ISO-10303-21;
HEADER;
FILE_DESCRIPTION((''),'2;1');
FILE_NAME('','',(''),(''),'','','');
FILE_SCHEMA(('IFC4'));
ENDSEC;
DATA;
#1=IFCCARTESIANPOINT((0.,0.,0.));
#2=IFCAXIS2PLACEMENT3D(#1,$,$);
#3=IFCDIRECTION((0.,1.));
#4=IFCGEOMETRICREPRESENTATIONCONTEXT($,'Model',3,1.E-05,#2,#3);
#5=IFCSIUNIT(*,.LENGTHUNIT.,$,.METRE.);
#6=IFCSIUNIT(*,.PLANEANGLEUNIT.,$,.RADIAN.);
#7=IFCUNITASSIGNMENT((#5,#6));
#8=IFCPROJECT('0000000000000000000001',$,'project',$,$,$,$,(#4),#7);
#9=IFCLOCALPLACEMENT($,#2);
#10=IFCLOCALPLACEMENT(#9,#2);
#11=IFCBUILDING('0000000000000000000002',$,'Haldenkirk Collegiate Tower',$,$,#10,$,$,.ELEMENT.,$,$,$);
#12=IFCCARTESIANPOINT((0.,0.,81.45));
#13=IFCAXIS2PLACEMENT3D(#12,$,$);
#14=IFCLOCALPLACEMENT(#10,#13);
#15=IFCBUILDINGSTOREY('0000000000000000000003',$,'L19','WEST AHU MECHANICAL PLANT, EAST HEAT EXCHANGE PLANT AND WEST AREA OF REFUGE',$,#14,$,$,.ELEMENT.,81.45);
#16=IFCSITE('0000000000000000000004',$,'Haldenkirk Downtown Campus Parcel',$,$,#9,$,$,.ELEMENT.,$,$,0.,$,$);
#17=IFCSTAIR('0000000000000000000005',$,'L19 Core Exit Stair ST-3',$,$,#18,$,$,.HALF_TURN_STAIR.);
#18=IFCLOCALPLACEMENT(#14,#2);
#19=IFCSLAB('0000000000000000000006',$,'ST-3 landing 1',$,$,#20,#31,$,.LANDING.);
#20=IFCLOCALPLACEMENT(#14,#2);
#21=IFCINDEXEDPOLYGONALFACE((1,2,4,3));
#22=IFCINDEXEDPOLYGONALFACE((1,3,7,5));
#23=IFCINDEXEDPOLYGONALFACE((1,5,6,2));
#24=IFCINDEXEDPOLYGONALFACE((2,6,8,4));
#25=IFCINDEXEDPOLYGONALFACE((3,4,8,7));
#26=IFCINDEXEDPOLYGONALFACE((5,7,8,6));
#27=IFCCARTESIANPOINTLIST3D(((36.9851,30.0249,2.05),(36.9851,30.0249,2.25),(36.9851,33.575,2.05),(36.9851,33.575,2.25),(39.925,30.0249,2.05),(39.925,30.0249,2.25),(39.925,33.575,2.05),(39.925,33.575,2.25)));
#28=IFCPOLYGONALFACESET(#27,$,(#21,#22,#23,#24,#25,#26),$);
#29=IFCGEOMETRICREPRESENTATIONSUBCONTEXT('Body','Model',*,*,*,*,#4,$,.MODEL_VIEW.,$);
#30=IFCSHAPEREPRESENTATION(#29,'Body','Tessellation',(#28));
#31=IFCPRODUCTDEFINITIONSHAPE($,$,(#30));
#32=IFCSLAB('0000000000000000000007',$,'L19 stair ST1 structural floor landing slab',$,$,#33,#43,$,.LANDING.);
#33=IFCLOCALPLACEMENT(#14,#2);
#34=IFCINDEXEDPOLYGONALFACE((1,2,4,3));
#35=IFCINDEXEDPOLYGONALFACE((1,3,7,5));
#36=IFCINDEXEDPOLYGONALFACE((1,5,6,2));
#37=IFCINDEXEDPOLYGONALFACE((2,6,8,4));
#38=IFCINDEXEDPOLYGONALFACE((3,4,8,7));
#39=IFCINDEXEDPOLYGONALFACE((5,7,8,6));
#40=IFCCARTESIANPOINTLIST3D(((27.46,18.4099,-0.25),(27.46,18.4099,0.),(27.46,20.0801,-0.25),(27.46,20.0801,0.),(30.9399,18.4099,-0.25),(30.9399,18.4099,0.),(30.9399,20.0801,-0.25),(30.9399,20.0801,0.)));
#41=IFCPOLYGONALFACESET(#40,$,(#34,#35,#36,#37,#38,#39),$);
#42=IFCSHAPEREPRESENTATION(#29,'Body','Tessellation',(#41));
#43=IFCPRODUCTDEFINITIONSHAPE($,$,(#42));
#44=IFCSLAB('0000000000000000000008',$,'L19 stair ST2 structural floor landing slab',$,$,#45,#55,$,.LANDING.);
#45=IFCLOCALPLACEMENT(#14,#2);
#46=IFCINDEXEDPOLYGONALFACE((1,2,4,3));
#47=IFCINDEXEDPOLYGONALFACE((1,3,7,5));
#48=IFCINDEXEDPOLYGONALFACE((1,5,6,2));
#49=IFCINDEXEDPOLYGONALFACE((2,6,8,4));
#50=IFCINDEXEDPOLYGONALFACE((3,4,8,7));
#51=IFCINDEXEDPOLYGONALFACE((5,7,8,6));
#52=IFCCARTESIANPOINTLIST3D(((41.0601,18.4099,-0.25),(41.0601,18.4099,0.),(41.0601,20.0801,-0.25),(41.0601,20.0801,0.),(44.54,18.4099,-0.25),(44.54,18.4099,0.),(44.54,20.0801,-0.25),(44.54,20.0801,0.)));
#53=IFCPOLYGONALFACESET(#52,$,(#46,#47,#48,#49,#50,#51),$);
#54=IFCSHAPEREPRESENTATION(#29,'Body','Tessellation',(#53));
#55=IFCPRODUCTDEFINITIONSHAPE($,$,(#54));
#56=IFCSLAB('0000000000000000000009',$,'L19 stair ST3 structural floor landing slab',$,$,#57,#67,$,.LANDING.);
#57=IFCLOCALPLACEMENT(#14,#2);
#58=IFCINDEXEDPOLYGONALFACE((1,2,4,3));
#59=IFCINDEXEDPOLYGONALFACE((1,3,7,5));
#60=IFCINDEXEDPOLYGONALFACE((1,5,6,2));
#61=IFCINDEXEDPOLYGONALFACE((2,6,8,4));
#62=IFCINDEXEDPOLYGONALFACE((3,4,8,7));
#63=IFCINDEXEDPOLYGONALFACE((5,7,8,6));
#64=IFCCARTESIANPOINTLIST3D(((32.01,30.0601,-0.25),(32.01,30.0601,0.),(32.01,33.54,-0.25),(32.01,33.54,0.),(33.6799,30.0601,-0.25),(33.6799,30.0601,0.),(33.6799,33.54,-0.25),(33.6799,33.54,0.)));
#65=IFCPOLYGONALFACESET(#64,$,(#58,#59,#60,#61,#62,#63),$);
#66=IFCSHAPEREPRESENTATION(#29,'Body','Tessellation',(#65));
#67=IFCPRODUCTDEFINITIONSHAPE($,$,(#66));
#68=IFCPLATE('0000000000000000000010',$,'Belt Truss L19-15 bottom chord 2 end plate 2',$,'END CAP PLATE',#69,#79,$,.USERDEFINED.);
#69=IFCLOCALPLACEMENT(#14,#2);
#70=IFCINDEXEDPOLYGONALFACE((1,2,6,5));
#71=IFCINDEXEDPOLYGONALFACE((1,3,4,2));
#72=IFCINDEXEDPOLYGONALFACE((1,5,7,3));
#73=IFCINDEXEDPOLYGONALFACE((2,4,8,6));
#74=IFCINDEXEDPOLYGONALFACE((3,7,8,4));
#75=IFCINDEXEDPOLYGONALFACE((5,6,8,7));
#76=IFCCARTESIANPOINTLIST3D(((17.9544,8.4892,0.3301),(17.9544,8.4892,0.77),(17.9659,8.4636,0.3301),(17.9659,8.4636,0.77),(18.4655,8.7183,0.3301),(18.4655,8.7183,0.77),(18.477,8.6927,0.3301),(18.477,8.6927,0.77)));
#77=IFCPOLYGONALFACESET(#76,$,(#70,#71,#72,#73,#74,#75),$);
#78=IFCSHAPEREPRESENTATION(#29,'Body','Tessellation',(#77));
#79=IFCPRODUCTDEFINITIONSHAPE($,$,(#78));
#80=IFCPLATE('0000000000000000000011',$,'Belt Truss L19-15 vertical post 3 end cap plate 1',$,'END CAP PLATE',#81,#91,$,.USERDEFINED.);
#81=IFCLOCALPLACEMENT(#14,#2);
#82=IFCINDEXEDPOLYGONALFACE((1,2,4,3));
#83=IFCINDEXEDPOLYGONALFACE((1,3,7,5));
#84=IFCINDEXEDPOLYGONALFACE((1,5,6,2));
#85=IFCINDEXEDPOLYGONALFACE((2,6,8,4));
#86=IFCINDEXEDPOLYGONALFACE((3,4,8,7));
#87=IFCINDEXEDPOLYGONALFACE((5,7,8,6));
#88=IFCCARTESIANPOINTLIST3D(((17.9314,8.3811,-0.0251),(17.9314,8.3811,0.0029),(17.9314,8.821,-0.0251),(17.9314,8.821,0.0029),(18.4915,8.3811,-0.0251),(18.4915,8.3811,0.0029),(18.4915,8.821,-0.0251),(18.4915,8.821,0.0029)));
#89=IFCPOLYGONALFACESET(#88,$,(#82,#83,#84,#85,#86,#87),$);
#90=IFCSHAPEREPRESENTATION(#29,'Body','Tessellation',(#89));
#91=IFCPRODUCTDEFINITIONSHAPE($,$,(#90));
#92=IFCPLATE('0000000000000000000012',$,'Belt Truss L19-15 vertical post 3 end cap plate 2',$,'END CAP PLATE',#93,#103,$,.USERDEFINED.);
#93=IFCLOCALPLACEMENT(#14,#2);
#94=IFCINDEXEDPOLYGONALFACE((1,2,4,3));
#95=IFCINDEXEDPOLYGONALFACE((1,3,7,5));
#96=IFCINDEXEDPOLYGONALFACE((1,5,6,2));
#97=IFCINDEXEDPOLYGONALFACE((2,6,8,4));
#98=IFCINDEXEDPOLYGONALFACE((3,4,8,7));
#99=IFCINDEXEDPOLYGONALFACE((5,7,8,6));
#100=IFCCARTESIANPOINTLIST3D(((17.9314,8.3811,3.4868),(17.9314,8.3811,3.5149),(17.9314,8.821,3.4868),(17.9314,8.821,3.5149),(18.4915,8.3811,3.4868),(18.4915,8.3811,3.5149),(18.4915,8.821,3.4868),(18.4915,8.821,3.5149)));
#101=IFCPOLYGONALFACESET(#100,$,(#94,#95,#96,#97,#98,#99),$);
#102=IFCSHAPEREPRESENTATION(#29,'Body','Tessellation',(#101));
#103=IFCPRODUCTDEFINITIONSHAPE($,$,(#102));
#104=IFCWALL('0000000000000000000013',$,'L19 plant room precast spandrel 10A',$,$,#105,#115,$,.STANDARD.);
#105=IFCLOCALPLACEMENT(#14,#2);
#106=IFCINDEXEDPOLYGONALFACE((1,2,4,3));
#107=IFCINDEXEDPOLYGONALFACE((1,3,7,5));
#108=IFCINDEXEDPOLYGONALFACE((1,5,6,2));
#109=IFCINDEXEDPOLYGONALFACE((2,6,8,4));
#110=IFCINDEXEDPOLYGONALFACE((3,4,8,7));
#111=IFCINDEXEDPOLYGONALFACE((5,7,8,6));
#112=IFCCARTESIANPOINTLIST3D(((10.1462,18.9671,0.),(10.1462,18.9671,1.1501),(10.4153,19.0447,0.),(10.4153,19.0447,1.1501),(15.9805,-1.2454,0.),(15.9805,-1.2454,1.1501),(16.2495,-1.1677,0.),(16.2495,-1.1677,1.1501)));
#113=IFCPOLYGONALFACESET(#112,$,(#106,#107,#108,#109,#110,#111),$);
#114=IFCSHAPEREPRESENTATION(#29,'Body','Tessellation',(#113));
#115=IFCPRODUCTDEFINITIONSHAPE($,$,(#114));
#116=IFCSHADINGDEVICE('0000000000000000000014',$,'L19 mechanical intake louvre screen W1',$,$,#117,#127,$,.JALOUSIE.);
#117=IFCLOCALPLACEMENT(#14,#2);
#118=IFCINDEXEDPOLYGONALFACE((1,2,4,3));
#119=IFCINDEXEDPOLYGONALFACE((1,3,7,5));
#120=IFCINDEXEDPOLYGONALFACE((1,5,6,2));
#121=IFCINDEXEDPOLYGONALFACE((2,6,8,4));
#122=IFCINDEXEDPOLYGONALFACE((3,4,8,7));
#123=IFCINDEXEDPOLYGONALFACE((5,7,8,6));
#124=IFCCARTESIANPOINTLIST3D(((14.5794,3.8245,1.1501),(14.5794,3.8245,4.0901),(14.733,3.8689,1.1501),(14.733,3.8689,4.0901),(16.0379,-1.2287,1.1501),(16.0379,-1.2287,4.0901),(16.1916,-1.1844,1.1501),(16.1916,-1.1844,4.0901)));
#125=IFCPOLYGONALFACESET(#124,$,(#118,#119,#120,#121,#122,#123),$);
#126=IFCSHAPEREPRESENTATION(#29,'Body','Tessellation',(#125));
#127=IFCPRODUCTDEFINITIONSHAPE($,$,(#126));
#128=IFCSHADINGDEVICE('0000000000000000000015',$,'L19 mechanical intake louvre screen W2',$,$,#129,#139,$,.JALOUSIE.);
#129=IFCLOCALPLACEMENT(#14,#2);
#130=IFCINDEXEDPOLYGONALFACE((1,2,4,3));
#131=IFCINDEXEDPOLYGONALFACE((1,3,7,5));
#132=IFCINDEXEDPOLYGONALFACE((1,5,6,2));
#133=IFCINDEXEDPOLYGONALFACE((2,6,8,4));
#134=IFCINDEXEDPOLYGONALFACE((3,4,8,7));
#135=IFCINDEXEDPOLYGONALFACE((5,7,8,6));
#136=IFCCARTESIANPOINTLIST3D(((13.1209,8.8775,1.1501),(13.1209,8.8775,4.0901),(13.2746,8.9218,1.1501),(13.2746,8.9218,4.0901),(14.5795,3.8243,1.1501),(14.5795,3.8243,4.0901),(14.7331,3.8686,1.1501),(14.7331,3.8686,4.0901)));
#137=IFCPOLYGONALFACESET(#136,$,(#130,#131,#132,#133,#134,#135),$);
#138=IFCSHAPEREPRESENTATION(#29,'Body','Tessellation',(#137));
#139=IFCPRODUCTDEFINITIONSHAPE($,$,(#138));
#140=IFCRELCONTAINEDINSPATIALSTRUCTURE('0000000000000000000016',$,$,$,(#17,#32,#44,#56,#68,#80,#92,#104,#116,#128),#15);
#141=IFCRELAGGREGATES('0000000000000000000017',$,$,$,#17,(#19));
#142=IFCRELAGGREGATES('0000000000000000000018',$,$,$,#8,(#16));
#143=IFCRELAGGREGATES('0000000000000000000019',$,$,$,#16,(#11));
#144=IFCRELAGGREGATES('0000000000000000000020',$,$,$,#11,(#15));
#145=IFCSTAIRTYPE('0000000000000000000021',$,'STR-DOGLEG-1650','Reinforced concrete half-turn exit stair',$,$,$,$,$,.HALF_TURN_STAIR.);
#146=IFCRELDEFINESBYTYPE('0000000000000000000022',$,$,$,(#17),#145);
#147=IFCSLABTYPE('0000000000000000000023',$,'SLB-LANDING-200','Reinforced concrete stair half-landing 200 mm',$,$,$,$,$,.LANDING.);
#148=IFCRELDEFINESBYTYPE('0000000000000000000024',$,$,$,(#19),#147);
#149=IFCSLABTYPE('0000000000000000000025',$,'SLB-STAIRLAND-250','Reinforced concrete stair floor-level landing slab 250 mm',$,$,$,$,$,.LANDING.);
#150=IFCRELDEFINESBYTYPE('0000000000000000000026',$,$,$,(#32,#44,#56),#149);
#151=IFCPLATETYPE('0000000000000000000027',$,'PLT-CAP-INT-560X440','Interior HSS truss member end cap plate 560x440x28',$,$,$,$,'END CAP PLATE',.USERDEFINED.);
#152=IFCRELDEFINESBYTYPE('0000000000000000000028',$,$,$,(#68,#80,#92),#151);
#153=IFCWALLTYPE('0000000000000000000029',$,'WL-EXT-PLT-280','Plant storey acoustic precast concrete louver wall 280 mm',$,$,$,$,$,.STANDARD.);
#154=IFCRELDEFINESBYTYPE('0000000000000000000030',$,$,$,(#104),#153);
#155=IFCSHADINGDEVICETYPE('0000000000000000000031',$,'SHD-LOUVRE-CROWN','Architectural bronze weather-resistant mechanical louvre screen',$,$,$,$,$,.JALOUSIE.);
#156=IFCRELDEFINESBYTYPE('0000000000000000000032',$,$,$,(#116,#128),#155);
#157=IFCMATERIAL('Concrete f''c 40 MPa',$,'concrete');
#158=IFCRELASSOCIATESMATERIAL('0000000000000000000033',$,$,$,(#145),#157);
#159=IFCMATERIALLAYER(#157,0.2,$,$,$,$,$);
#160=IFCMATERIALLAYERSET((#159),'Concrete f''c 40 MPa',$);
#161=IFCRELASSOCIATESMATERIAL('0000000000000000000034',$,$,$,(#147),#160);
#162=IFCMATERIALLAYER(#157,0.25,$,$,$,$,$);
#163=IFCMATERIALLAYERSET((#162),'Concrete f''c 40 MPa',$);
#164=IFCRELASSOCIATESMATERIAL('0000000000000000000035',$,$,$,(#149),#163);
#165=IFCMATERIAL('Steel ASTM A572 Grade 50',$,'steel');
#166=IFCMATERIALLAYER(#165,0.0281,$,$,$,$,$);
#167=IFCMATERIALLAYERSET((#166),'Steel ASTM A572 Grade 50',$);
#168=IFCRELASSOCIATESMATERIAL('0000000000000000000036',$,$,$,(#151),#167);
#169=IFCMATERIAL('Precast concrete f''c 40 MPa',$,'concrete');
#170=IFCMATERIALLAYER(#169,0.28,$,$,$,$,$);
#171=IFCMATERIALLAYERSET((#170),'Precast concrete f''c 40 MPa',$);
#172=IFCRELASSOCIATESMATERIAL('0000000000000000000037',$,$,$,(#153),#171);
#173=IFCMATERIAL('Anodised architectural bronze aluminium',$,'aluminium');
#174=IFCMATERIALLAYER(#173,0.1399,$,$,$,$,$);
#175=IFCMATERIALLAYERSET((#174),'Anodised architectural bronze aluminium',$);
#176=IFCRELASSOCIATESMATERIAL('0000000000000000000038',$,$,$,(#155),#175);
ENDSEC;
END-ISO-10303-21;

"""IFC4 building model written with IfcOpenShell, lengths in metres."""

from ifc_helpers import new_model, si_unit, direction, frame, frame_2d, origin, origin_2d, place, context, subcontext, project, spatial, polyline, rectangle, outline, extrude, source, transform, mapped, material, layer, layer_set, type_object, element, aggregate, save


model = new_model("IFC4")

# Units and contexts
model_context = context("Model", 3, precision=1e-05, world=origin(), true_north=direction((0.0, 1.0)))
body_context = subcontext(model_context, "Body", "Model", "MODEL_VIEW")
ifc_project = project(units=[si_unit("LENGTHUNIT", "METRE"), si_unit("PLANEANGLEUNIT", "RADIAN")], contexts=[model_context])

# Site, building, storey
site_placement = place(None, origin())
site = spatial("IfcSite", under=ifc_project, at=site_placement, Name="Haldenkirk Downtown Campus Parcel", CompositionType="ELEMENT", RefElevation=0.0)
building_placement = place(site_placement, origin())
building = spatial("IfcBuilding", under=site, at=building_placement, Name="Haldenkirk Collegiate Tower", CompositionType="ELEMENT")
storey_placement = place(building_placement, frame((0.0, 0.0, 81.45)))
storey = spatial("IfcBuildingStorey", under=building, at=storey_placement, Name="L19", Description="WEST AHU MECHANICAL PLANT, EAST HEAT EXCHANGE PLANT AND WEST AREA OF REFUGE", CompositionType="ELEMENT", Elevation=81.45)

# Shared definitions
ifc_material_1 = material(Name="Steel ASTM A572 Grade 50", Category="steel")

# Shared definitions
ifc_material_2 = material(Name="Concrete f'c 40 MPa", Category="concrete")

# Stair, slab
stair_type = type_object("IfcStairType", Name="STR-DOGLEG-1650", Description="Reinforced concrete half-turn exit stair", PredefinedType="HALF_TURN_STAIR", material=ifc_material_2)
ifc_layer_1 = layer(ifc_material_2, 0.2)
ifc_layer_set_1 = layer_set([ifc_layer_1], Name="Concrete f'c 40 MPa")
slab_type_1 = type_object("IfcSlabType", Name="SLB-LANDING-200", Description="Reinforced concrete stair half-landing 200 mm", PredefinedType="LANDING", material=ifc_layer_set_1)
stair_1_placement = place(storey_placement, origin())
stair_1 = element("IfcStair", 1, at=stair_1_placement, inside=storey, type_object=stair_type, Name="L19 Core Exit Stair ST-3", PredefinedType="HALF_TURN_STAIR")
slab_1_placement = place(storey_placement, frame((0.0, 0.0, 2.05)))
slab_1 = element("IfcSlab", 2, at=slab_1_placement, type_object=slab_type_1, Name="ST-3 landing 1", PredefinedType="LANDING", context=body_context, shape_type="SweptSolid", body=[
    extrude(outline(polyline([(36.9851, 30.0249), (36.9851, 33.575), (39.925, 33.575), (39.925, 30.0249), (36.9851, 30.0249)])), origin(), (0.0, 0.0, 1.0), 0.2),
])
aggregate(stair_1, [slab_1])

# Slabs
ifc_layer_2 = layer(ifc_material_2, 0.25)
ifc_layer_set_2 = layer_set([ifc_layer_2], Name="Concrete f'c 40 MPa")
slab_type_2 = type_object("IfcSlabType", Name="SLB-STAIRLAND-250", Description="Reinforced concrete stair floor-level landing slab 250 mm", PredefinedType="LANDING", material=ifc_layer_set_2)
slab_2_placement = place(storey_placement, frame((0.0, 0.0, -0.25)))
element("IfcSlab", 3, at=slab_2_placement, inside=storey, type_object=slab_type_2, Name="L19 stair ST1 structural floor landing slab", PredefinedType="LANDING", context=body_context, shape_type="SweptSolid", body=[
    extrude(outline(polyline([(27.46, 18.4099), (30.9399, 18.4099), (30.9399, 20.0801), (27.46, 20.0801), (27.46, 18.4099)])), origin(), (0.0, 0.0, 1.0), 0.25),
])
slab_3_placement = place(storey_placement, frame((0.0, 0.0, -0.25)))
element("IfcSlab", 4, at=slab_3_placement, inside=storey, type_object=slab_type_2, Name="L19 stair ST2 structural floor landing slab", PredefinedType="LANDING", context=body_context, shape_type="SweptSolid", body=[
    extrude(outline(polyline([(41.0601, 18.4099), (44.54, 18.4099), (44.54, 20.0801), (41.0601, 20.0801), (41.0601, 18.4099)])), origin(), (0.0, 0.0, 1.0), 0.25),
])
slab_4_placement = place(storey_placement, frame((0.0, 0.0, -0.25)))
element("IfcSlab", 5, at=slab_4_placement, inside=storey, type_object=slab_type_2, Name="L19 stair ST3 structural floor landing slab", PredefinedType="LANDING", context=body_context, shape_type="SweptSolid", body=[
    extrude(outline(polyline([(32.01, 30.0601), (33.6799, 30.0601), (33.6799, 33.54), (32.01, 33.54), (32.01, 30.0601)])), origin(), (0.0, 0.0, 1.0), 0.25),
])

# Plates
ifc_layer_3 = layer(ifc_material_1, 0.0281)
ifc_layer_set_3 = layer_set([ifc_layer_3], Name="Steel ASTM A572 Grade 50")
plate_type = type_object("IfcPlateType", Name="PLT-CAP-INT-560X440", Description="Interior HSS truss member end cap plate 560x440x28", ElementType="END CAP PLATE", PredefinedType="USERDEFINED", material=ifc_layer_set_3)
shared_shape_1 = source(origin(), body_context, "Body", "SweptSolid", [
    extrude(rectangle(XDim=0.5601, YDim=0.4399, at=origin_2d()), origin(), (0.0, 0.0, 1.0), 0.0281),
])
for number, where, z_axis, x_axis, name in (
    (6, (18.21, 8.6038, 0.55), (0.409127, -0.912477, 0.0), (0.912477, 0.409127, 0.0), "Belt Truss L19-15 bottom chord 2 end plate 2"),
    (7, (18.2114, 8.6011, 0.0029), (0.0, 0.0, -1.0), (1.0, 0.0, 0.0), "Belt Truss L19-15 vertical post 3 end cap plate 1"),
    (8, (18.2114, 8.6011, 3.4868), (0.0, 0.0, 1.0), (1.0, 0.0, 0.0), "Belt Truss L19-15 vertical post 3 end cap plate 2"),
):
    element("IfcPlate", number, at=place(storey_placement, frame(where, z_axis=z_axis, x_axis=x_axis)), inside=storey, type_object=plate_type, Name=name, ObjectType="END CAP PLATE", PredefinedType="USERDEFINED", context=body_context, shape_type="MappedRepresentation", body=[
        mapped(shared_shape_1, transform((0.0, 0.0, 0.0), x_axis=(1.0, 0.0, 0.0), y_axis=(0.0, 1.0, 0.0), z_axis=(0.0, 0.0, 1.0), scale=1.0)),
    ])

# Wall
ifc_material_3 = material(Name="Precast concrete f'c 40 MPa", Category="concrete")
ifc_layer_4 = layer(ifc_material_3, 0.28)
ifc_layer_set_4 = layer_set([ifc_layer_4], Name="Precast concrete f'c 40 MPa")
wall_type = type_object("IfcWallType", Name="WL-EXT-PLT-280", Description="Plant storey acoustic precast concrete louver wall 280 mm", PredefinedType="STANDARD", material=ifc_layer_set_4)
wall_placement = place(storey_placement, frame((16.115, -1.2065, 0.0), z_axis=(0.0, 0.0, 1.0), x_axis=(-0.277324, 0.960776, 0.0)))
element("IfcWall", 9, at=wall_placement, inside=storey, type_object=wall_type, Name="L19 plant room precast spandrel 10A", PredefinedType="STANDARD", context=body_context, shape_type="SweptSolid", body=[
    extrude(rectangle(XDim=21.0376, YDim=0.28, at=frame_2d((10.5188, 0.0))), origin(), (0.0, 0.0, 1.0), 1.1501),
])

# Shading devices
ifc_material_4 = material(Name="Anodised architectural bronze aluminium", Category="aluminium")
ifc_layer_5 = layer(ifc_material_4, 0.1399)
ifc_layer_set_5 = layer_set([ifc_layer_5], Name="Anodised architectural bronze aluminium")
shading_device_type = type_object("IfcShadingDeviceType", Name="SHD-LOUVRE-CROWN", Description="Architectural bronze weather-resistant mechanical louvre screen", PredefinedType="JALOUSIE", material=ifc_layer_set_5)
shared_shape_2 = source(origin(), body_context, "Body", "SweptSolid", [
    extrude(rectangle(XDim=5.2595, YDim=0.1599, at=origin_2d()), origin(), (0.0, 0.0, 1.0), 2.9399),
])
for number, where, z_axis, x_axis, name in (
    (10, (15.3855, 1.3201, 1.1501), (0.0, 0.0, 1.0), (-0.277315, 0.960779, 0.0), "L19 mechanical intake louvre screen W1"),
    (11, (13.927, 6.373, 1.1501), (0.0, 0.0, 1.0), (-0.277315, 0.960779, 0.0), "L19 mechanical intake louvre screen W2"),
):
    element("IfcShadingDevice", number, at=place(storey_placement, frame(where, z_axis=z_axis, x_axis=x_axis)), inside=storey, type_object=shading_device_type, Name=name, PredefinedType="JALOUSIE", context=body_context, shape_type="MappedRepresentation", body=[
        mapped(shared_shape_2, transform((0.0, 0.0, 0.0), x_axis=(1.0, 0.0, 0.0), y_axis=(0.0, 1.0, 0.0), z_axis=(0.0, 0.0, 1.0), scale=1.0)),
    ])

save(model, "model.ifc")
